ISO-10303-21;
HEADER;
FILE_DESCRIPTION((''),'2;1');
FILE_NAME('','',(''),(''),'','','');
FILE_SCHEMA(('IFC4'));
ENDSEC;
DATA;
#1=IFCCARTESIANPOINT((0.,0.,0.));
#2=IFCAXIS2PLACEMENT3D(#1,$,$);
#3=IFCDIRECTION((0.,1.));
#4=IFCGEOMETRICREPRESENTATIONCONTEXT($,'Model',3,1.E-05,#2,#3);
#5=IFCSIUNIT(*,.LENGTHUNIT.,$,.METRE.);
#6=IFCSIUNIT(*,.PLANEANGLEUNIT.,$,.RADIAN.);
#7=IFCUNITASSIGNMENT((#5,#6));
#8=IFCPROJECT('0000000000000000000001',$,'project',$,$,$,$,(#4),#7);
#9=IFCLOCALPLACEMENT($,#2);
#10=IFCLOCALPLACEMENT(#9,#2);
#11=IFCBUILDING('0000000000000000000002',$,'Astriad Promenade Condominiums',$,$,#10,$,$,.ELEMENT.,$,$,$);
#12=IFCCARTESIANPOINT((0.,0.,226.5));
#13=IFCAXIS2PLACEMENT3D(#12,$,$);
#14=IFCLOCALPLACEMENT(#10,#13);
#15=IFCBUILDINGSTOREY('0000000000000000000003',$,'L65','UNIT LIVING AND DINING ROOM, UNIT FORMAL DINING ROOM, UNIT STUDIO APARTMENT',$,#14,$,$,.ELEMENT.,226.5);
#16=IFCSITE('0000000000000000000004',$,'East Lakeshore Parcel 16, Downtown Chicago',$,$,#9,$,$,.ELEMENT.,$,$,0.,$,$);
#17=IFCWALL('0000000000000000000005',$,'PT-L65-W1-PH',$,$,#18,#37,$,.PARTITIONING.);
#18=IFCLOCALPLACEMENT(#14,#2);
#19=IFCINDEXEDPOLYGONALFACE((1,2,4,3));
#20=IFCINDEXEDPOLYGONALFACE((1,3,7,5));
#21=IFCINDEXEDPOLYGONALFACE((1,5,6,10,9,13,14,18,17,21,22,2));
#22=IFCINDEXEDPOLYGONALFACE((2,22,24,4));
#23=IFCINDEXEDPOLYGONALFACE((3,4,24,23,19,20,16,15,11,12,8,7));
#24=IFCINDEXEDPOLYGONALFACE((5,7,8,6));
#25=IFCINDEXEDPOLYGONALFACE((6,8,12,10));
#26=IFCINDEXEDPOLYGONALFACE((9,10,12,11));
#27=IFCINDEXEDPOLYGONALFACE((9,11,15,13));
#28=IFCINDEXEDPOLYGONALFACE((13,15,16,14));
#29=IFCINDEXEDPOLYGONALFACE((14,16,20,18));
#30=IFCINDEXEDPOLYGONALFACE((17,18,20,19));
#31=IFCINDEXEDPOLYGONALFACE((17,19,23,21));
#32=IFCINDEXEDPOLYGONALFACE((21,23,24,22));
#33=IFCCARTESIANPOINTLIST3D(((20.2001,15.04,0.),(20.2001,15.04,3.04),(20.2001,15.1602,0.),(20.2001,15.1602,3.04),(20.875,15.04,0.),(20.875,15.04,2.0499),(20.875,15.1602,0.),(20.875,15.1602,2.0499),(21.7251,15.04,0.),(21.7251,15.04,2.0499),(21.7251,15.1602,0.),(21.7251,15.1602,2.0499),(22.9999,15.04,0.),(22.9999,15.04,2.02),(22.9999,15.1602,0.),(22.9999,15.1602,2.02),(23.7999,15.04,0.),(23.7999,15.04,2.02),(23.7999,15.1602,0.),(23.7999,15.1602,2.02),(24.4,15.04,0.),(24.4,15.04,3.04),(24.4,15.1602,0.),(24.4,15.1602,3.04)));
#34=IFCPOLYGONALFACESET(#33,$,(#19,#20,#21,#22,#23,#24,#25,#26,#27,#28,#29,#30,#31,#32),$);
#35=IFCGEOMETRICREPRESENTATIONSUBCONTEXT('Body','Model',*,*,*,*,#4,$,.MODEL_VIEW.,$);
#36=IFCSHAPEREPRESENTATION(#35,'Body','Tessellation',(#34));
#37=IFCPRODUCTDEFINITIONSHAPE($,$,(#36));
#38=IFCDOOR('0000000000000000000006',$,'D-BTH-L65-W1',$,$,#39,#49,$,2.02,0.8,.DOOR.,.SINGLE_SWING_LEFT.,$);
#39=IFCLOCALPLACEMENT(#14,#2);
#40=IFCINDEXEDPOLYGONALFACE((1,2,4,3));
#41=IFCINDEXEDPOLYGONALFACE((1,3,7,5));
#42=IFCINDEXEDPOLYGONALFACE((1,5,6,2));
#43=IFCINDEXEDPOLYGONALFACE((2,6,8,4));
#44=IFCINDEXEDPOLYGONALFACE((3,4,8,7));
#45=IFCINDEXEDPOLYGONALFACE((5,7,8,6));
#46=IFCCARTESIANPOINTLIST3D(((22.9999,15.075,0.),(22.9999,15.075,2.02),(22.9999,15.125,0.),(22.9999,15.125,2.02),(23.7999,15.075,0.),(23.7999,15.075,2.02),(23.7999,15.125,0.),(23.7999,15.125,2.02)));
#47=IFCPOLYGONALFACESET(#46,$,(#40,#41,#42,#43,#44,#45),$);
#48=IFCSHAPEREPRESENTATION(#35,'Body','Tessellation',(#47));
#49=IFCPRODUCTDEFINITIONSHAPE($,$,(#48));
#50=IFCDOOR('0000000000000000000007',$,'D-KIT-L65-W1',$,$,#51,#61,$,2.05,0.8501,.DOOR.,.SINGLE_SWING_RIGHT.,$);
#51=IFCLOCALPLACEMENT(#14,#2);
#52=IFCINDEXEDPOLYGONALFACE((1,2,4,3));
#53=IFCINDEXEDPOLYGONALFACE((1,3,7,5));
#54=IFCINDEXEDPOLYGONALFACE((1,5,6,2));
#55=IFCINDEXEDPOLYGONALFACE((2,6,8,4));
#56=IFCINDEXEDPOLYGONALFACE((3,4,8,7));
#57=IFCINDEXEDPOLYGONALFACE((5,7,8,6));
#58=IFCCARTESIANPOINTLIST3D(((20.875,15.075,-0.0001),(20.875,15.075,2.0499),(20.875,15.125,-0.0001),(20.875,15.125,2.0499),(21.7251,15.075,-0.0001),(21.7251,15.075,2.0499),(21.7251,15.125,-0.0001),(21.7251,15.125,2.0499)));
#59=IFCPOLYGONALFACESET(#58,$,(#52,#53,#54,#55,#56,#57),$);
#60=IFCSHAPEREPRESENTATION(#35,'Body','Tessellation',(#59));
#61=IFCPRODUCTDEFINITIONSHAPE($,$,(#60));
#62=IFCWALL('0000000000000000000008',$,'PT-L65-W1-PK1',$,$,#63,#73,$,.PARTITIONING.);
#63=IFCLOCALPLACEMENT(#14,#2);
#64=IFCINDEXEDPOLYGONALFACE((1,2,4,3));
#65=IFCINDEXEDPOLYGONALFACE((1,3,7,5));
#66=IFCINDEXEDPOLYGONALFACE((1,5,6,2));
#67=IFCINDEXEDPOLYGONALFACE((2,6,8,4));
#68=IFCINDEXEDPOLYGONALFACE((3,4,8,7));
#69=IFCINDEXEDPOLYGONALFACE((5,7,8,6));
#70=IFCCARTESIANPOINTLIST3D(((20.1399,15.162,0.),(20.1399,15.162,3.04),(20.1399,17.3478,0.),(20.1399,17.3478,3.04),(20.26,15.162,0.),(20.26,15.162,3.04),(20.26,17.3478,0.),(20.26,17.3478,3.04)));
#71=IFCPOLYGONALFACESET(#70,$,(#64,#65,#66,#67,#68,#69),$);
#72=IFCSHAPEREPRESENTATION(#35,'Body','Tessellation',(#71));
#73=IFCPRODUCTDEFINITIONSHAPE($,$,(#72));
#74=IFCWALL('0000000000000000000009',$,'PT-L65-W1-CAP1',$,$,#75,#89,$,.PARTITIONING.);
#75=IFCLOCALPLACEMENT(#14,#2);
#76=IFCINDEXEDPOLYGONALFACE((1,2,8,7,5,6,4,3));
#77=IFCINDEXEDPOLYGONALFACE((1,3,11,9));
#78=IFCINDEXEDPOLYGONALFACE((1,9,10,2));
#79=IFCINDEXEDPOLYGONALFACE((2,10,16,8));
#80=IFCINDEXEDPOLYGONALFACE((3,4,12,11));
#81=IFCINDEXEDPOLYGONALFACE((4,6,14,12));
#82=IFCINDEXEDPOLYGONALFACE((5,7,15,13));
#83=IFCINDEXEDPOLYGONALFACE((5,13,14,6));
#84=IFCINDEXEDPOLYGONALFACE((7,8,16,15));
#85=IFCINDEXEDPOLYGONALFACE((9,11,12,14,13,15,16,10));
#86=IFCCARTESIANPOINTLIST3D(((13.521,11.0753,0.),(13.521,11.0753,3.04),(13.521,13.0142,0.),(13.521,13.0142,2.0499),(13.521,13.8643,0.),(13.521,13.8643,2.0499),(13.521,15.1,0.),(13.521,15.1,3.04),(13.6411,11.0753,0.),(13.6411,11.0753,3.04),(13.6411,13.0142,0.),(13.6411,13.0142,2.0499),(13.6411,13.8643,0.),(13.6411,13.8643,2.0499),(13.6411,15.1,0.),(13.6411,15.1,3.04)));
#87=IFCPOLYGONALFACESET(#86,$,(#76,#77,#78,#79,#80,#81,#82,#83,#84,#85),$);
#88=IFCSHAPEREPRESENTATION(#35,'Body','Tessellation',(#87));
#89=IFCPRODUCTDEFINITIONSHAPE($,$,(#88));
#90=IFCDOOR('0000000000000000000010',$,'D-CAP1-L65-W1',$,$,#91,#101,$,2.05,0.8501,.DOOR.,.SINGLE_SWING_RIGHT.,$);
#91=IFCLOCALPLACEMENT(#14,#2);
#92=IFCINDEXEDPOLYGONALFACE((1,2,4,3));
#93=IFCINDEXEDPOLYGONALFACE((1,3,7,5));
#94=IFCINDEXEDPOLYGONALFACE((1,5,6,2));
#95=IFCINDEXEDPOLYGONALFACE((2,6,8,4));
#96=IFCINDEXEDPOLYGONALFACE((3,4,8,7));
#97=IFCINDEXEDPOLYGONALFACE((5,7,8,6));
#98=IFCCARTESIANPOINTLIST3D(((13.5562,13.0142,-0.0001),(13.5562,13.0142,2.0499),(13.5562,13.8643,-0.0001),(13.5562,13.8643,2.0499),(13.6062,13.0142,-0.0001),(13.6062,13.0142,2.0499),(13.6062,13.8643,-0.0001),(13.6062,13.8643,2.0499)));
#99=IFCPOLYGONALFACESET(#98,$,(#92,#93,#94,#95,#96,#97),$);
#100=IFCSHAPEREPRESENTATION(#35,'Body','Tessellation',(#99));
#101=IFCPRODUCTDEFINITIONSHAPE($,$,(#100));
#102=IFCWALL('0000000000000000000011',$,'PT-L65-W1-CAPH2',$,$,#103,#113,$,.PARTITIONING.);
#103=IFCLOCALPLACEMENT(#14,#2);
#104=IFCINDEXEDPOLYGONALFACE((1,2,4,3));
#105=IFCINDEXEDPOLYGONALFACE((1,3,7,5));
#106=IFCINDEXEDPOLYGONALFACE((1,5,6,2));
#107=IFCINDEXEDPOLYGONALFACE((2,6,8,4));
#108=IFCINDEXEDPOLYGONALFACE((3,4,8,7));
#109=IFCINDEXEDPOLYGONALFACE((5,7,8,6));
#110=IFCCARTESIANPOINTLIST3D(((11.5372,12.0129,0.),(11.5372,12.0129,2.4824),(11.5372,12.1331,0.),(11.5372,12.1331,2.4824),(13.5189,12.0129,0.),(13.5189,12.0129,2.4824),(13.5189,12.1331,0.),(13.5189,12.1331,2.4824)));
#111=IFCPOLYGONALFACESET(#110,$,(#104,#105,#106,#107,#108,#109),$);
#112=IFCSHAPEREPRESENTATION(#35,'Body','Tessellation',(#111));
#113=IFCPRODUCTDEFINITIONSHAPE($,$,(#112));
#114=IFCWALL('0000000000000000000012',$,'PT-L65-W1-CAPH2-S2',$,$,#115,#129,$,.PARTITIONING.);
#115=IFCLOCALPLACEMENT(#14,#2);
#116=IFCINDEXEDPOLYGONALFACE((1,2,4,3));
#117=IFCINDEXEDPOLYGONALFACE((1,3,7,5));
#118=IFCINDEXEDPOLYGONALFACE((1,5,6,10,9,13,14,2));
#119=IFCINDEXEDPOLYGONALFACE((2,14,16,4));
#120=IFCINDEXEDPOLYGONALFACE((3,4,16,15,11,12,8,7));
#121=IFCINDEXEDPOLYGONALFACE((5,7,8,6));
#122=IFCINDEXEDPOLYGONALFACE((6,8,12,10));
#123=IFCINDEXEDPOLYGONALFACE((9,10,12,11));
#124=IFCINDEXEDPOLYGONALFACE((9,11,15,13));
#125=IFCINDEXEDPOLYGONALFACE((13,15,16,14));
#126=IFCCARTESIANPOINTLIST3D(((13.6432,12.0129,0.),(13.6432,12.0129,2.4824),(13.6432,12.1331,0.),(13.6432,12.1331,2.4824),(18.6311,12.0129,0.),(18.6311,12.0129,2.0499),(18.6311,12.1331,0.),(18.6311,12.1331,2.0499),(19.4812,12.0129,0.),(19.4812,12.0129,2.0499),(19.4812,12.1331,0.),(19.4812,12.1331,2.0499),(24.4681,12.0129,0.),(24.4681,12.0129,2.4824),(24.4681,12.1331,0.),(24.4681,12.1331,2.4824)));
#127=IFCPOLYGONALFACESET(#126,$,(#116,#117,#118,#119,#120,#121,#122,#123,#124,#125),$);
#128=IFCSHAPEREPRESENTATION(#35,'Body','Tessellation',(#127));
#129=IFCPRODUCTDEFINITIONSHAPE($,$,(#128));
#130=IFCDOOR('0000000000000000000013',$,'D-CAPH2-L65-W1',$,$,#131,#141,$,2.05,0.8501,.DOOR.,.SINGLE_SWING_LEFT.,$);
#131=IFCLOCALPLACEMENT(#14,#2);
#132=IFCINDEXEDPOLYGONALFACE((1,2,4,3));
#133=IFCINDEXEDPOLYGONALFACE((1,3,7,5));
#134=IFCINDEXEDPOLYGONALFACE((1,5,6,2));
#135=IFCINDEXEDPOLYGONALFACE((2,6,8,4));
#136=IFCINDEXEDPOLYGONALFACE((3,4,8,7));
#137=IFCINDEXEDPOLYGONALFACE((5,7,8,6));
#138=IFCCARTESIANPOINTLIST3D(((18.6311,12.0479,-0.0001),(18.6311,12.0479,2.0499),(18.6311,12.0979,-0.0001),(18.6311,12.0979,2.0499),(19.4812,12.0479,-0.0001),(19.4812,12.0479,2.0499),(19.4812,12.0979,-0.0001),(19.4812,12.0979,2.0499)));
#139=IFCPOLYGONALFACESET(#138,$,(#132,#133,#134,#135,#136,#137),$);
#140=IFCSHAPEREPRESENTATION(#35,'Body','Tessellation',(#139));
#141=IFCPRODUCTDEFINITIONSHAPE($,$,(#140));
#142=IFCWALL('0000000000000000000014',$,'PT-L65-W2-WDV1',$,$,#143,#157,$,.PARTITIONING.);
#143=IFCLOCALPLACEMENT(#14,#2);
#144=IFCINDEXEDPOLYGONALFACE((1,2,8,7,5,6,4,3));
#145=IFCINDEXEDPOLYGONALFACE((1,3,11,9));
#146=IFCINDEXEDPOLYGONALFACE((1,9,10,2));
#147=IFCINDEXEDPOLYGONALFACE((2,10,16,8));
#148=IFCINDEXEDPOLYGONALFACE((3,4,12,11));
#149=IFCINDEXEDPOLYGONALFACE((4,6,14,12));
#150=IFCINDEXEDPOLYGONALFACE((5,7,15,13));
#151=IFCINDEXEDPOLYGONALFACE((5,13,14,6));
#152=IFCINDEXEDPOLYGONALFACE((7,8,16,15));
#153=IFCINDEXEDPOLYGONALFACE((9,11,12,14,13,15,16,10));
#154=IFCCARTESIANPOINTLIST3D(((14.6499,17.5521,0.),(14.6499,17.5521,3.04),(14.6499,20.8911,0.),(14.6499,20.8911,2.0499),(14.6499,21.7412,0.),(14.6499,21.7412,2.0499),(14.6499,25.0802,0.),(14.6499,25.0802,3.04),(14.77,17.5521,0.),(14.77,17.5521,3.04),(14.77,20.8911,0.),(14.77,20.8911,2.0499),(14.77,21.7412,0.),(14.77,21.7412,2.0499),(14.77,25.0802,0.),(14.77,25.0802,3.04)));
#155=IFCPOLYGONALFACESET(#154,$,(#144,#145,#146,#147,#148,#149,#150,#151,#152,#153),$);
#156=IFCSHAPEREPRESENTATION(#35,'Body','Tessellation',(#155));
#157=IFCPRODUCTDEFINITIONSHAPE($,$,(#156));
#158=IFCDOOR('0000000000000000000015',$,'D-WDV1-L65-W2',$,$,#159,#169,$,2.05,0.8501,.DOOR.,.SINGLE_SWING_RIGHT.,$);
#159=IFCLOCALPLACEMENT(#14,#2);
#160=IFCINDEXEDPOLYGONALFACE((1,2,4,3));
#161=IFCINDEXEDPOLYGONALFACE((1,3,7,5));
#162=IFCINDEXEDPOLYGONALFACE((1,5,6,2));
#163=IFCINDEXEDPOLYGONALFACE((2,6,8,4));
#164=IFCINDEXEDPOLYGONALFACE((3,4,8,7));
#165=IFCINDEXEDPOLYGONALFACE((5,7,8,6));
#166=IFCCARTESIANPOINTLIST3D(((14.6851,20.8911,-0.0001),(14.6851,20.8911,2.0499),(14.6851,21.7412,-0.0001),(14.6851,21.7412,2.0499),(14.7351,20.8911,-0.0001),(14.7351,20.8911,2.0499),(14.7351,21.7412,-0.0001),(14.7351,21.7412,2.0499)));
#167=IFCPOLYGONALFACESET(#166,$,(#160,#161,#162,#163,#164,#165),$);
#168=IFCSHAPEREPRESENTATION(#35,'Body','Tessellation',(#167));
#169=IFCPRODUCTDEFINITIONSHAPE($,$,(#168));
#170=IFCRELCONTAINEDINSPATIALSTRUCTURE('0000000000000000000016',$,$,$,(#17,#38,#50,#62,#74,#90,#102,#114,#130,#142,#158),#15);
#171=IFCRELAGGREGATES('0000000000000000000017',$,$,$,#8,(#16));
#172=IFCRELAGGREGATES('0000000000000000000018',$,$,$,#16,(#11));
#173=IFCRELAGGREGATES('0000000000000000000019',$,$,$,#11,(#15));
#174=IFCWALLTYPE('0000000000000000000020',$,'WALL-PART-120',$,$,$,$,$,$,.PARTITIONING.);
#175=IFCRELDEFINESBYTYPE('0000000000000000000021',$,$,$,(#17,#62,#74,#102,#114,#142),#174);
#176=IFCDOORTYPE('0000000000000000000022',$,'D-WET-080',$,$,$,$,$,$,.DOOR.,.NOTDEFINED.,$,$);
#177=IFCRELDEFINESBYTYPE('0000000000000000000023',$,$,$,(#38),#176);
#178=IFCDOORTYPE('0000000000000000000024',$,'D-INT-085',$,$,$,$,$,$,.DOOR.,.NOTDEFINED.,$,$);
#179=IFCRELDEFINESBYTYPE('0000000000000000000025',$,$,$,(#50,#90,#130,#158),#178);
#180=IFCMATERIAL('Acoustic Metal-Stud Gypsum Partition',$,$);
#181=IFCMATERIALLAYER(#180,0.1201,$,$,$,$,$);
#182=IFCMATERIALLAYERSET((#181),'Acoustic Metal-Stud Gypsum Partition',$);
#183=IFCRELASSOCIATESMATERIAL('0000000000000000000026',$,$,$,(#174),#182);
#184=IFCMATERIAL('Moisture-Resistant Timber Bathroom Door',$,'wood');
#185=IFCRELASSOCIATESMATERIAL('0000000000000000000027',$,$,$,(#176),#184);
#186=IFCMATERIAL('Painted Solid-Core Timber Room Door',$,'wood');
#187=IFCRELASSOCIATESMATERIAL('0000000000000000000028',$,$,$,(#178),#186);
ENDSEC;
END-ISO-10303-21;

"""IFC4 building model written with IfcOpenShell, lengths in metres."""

from ifc_helpers import new_model, si_unit, direction, frame, frame_2d, origin, place, context, subcontext, project, spatial, rectangle, extrude, source, transform, mapped, material, layer, layer_set, type_object, type_shapes, element, fill, save


model = new_model("IFC4")

# Units and contexts
model_context = context("Model", 3, precision=1e-05, world=origin(), true_north=direction((0.0, 1.0)))
body_context = subcontext(model_context, "Body", "Model", "MODEL_VIEW")
ifc_project = project(units=[si_unit("LENGTHUNIT", "METRE"), si_unit("PLANEANGLEUNIT", "RADIAN")], contexts=[model_context])

# Site, building, storey
site_placement = place(None, origin())
site = spatial("IfcSite", under=ifc_project, at=site_placement, Name="East Lakeshore Parcel 16, Downtown Chicago", CompositionType="ELEMENT", RefElevation=0.0)
building_placement = place(site_placement, origin())
building = spatial("IfcBuilding", under=site, at=building_placement, Name="Astriad Promenade Condominiums", CompositionType="ELEMENT")
storey_placement = place(building_placement, frame((0.0, 0.0, 226.5)))
storey = spatial("IfcBuildingStorey", under=building, at=storey_placement, Name="L65", Description="UNIT LIVING AND DINING ROOM, UNIT FORMAL DINING ROOM, UNIT STUDIO APARTMENT", CompositionType="ELEMENT", Elevation=226.5)

# Wall, openings, doors
ifc_material_1 = material(Name="Acoustic Metal-Stud Gypsum Partition")
ifc_layer_1 = layer(ifc_material_1, 0.1201)
ifc_layer_set_1 = layer_set([ifc_layer_1], Name="Acoustic Metal-Stud Gypsum Partition")
wall_type_1 = type_object("IfcWallType", Name="WALL-PART-120", PredefinedType="PARTITIONING", material=ifc_layer_set_1)
wall_1_placement = place(storey_placement, frame((20.2, 15.1001, 0.0), z_axis=(0.0, 0.0, 1.0), x_axis=(1.0, 0.0, 0.0)))
wall_1 = element("IfcWall", 1, at=wall_1_placement, inside=storey, type_object=wall_type_1, Name="PT-L65-W1-PH", PredefinedType="PARTITIONING", context=body_context, shape_type="SweptSolid", body=[
    extrude(rectangle(XDim=4.2, YDim=0.1201, at=frame_2d((2.1001, 0.0))), origin(), (0.0, 0.0, 1.0), 3.04),
])
opening_1_placement = place(wall_1_placement, frame((0.675, 0.0, 0.0)))
opening_1 = element("IfcOpeningElement", 2, at=opening_1_placement, cuts=wall_1, PredefinedType="OPENING", context=body_context, shape_type="SweptSolid", body=[
    extrude(rectangle(XDim=0.8501, YDim=2.05, at=frame_2d((0.425, 1.0249))), frame((0.0, 0.0701, 0.0), z_axis=(0.0, -1.0, 0.0), x_axis=(1.0, 0.0, 0.0)), (0.0, 0.0, 1.0), 0.1401),
])
opening_2_placement = place(wall_1_placement, frame((2.8, 0.0, 0.0)))
opening_2 = element("IfcOpeningElement", 3, at=opening_2_placement, cuts=wall_1, PredefinedType="OPENING", context=body_context, shape_type="SweptSolid", body=[
    extrude(rectangle(XDim=0.8, YDim=2.02, at=frame_2d((0.3999, 1.01))), frame((0.0, 0.0701, 0.0), z_axis=(0.0, -1.0, 0.0), x_axis=(1.0, 0.0, 0.0)), (0.0, 0.0, 1.0), 0.1401),
])
ifc_material_2 = material(Name="Moisture-Resistant Timber Bathroom Door", Category="wood")
door_type_1 = type_object("IfcDoorType", Name="D-WET-080", OperationType="NOTDEFINED", PredefinedType="DOOR", material=ifc_material_2)
shared_shape_1 = source(origin(), body_context, "Body", "SweptSolid", [
    extrude(rectangle(XDim=0.8, YDim=2.02, at=frame_2d((0.3999, 1.01))), frame((0.0, 0.0249, 0.0), z_axis=(0.0, -1.0, 0.0), x_axis=(1.0, 0.0, 0.0)), (0.0, 0.0, 1.0), 0.05),
])
type_shapes(door_type_1, [shared_shape_1])
door_1_placement = place(opening_2_placement, origin())
door_1 = element("IfcDoor", 4, at=door_1_placement, inside=storey, type_object=door_type_1, Name="D-BTH-L65-W1", OperationType="SINGLE_SWING_LEFT", OverallHeight=2.02, OverallWidth=0.8, PredefinedType="DOOR", context=body_context, shape_type="MappedRepresentation", body=[
    mapped(shared_shape_1, transform((0.0, 0.0, 0.0), scale=1.0)),
])
fill(opening_2, door_1)
ifc_material_3 = material(Name="Painted Solid-Core Timber Room Door", Category="wood")
door_type_2 = type_object("IfcDoorType", Name="D-INT-085", OperationType="NOTDEFINED", PredefinedType="DOOR", material=ifc_material_3)
shared_shape_2 = source(origin(), body_context, "Body", "SweptSolid", [
    extrude(rectangle(XDim=0.8501, YDim=2.05, at=frame_2d((0.425, 1.0249))), frame((0.0, 0.0249, 0.0), z_axis=(0.0, -1.0, 0.0), x_axis=(1.0, 0.0, 0.0)), (0.0, 0.0, 1.0), 0.05),
])
type_shapes(door_type_2, [shared_shape_2])
door_2_placement = place(opening_1_placement, origin())
door_2 = element("IfcDoor", 5, at=door_2_placement, inside=storey, type_object=door_type_2, Name="D-KIT-L65-W1", OperationType="SINGLE_SWING_RIGHT", OverallHeight=2.05, OverallWidth=0.8501, PredefinedType="DOOR", context=body_context, shape_type="MappedRepresentation", body=[
    mapped(shared_shape_2, transform((0.0, 0.0, 0.0), scale=1.0)),
])
fill(opening_1, door_2)

# Wall
wall_2_placement = place(storey_placement, frame((20.2, 15.1621, 0.0), z_axis=(0.0, 0.0, 1.0), x_axis=(0.0, 1.0, 0.0)))
element("IfcWall", 6, at=wall_2_placement, inside=storey, type_object=wall_type_1, Name="PT-L65-W1-PK1", PredefinedType="PARTITIONING", context=body_context, shape_type="SweptSolid", body=[
    extrude(rectangle(XDim=2.1858, YDim=0.1201, at=frame_2d((1.0928, 0.0))), origin(), (0.0, 0.0, 1.0), 3.04),
])

# Wall, opening, door
wall_3_placement = place(storey_placement, frame((13.5811, 11.0754, 0.0), z_axis=(0.0, 0.0, 1.0), x_axis=(0.0, 1.0, 0.0)))
wall_3 = element("IfcWall", 7, at=wall_3_placement, inside=storey, type_object=wall_type_1, Name="PT-L65-W1-CAP1", PredefinedType="PARTITIONING", context=body_context, shape_type="SweptSolid", body=[
    extrude(rectangle(XDim=4.0247, YDim=0.1201, at=frame_2d((2.0122, 0.0))), origin(), (0.0, 0.0, 1.0), 3.04),
])
opening_3_placement = place(wall_3_placement, frame((1.9387, 0.0, 0.0)))
opening_3 = element("IfcOpeningElement", 8, at=opening_3_placement, cuts=wall_3, PredefinedType="OPENING", context=body_context, shape_type="SweptSolid", body=[
    extrude(rectangle(XDim=0.8501, YDim=2.05, at=frame_2d((0.425, 1.0249))), frame((0.0, 0.0701, 0.0), z_axis=(0.0, -1.0, 0.0), x_axis=(1.0, 0.0, 0.0)), (0.0, 0.0, 1.0), 0.1401),
])
door_3_placement = place(opening_3_placement, origin())
door_3 = element("IfcDoor", 9, at=door_3_placement, inside=storey, type_object=door_type_2, Name="D-CAP1-L65-W1", OperationType="SINGLE_SWING_RIGHT", OverallHeight=2.05, OverallWidth=0.8501, PredefinedType="DOOR", context=body_context, shape_type="MappedRepresentation", body=[
    mapped(shared_shape_2, transform((0.0, 0.0, 0.0), scale=1.0)),
])
fill(opening_3, door_3)

# Wall
wall_4_placement = place(storey_placement, frame((11.5374, 12.073, 0.0), z_axis=(0.0, 0.0, 1.0), x_axis=(1.0, 0.0, 0.0)))
element("IfcWall", 10, at=wall_4_placement, inside=storey, type_object=wall_type_1, Name="PT-L65-W1-CAPH2", PredefinedType="PARTITIONING", context=body_context, shape_type="SweptSolid", body=[
    extrude(rectangle(XDim=1.9817, YDim=0.1201, at=frame_2d((0.9907, 0.0))), origin(), (0.0, 0.0, 1.0), 2.4824),
])

# Walls, openings, doors
wall_5_placement = place(storey_placement, frame((13.6431, 12.073, 0.0), z_axis=(0.0, 0.0, 1.0), x_axis=(1.0, 0.0, 0.0)))
wall_5 = element("IfcWall", 11, at=wall_5_placement, inside=storey, type_object=wall_type_1, Name="PT-L65-W1-CAPH2-S2", PredefinedType="PARTITIONING", context=body_context, shape_type="SweptSolid", body=[
    extrude(rectangle(XDim=10.825, YDim=0.1201, at=frame_2d((5.4126, 0.0))), origin(), (0.0, 0.0, 1.0), 2.4824),
])
opening_4_placement = place(wall_5_placement, frame((4.988, 0.0, 0.0)))
opening_4 = element("IfcOpeningElement", 12, at=opening_4_placement, cuts=wall_5, PredefinedType="OPENING", context=body_context, shape_type="SweptSolid", body=[
    extrude(rectangle(XDim=0.8501, YDim=2.05, at=frame_2d((0.425, 1.0249))), frame((0.0, 0.0701, 0.0), z_axis=(0.0, -1.0, 0.0), x_axis=(1.0, 0.0, 0.0)), (0.0, 0.0, 1.0), 0.1401),
])
door_4_placement = place(opening_4_placement, origin())
door_4 = element("IfcDoor", 13, at=door_4_placement, inside=storey, type_object=door_type_2, Name="D-CAPH2-L65-W1", OperationType="SINGLE_SWING_LEFT", OverallHeight=2.05, OverallWidth=0.8501, PredefinedType="DOOR", context=body_context, shape_type="MappedRepresentation", body=[
    mapped(shared_shape_2, transform((0.0, 0.0, 0.0), scale=1.0)),
])
fill(opening_4, door_4)
wall_6_placement = place(storey_placement, frame((14.71, 17.552, 0.0), z_axis=(0.0, 0.0, 1.0), x_axis=(0.0, 1.0, 0.0)))
wall_6 = element("IfcWall", 14, at=wall_6_placement, inside=storey, type_object=wall_type_1, Name="PT-L65-W2-WDV1", PredefinedType="PARTITIONING", context=body_context, shape_type="SweptSolid", body=[
    extrude(rectangle(XDim=7.5281, YDim=0.1201, at=frame_2d((3.7642, 0.0))), origin(), (0.0, 0.0, 1.0), 3.04),
])
opening_5_placement = place(wall_6_placement, frame((3.3391, 0.0, 0.0)))
opening_5 = element("IfcOpeningElement", 15, at=opening_5_placement, cuts=wall_6, PredefinedType="OPENING", context=body_context, shape_type="SweptSolid", body=[
    extrude(rectangle(XDim=0.8501, YDim=2.05, at=frame_2d((0.425, 1.0249))), frame((0.0, 0.0701, 0.0), z_axis=(0.0, -1.0, 0.0), x_axis=(1.0, 0.0, 0.0)), (0.0, 0.0, 1.0), 0.1401),
])
door_5_placement = place(opening_5_placement, origin())
door_5 = element("IfcDoor", 16, at=door_5_placement, inside=storey, type_object=door_type_2, Name="D-WDV1-L65-W2", OperationType="SINGLE_SWING_RIGHT", OverallHeight=2.05, OverallWidth=0.8501, PredefinedType="DOOR", context=body_context, shape_type="MappedRepresentation", body=[
    mapped(shared_shape_2, transform((0.0, 0.0, 0.0), scale=1.0)),
])
fill(opening_5, door_5)

save(model, "model.ifc")
